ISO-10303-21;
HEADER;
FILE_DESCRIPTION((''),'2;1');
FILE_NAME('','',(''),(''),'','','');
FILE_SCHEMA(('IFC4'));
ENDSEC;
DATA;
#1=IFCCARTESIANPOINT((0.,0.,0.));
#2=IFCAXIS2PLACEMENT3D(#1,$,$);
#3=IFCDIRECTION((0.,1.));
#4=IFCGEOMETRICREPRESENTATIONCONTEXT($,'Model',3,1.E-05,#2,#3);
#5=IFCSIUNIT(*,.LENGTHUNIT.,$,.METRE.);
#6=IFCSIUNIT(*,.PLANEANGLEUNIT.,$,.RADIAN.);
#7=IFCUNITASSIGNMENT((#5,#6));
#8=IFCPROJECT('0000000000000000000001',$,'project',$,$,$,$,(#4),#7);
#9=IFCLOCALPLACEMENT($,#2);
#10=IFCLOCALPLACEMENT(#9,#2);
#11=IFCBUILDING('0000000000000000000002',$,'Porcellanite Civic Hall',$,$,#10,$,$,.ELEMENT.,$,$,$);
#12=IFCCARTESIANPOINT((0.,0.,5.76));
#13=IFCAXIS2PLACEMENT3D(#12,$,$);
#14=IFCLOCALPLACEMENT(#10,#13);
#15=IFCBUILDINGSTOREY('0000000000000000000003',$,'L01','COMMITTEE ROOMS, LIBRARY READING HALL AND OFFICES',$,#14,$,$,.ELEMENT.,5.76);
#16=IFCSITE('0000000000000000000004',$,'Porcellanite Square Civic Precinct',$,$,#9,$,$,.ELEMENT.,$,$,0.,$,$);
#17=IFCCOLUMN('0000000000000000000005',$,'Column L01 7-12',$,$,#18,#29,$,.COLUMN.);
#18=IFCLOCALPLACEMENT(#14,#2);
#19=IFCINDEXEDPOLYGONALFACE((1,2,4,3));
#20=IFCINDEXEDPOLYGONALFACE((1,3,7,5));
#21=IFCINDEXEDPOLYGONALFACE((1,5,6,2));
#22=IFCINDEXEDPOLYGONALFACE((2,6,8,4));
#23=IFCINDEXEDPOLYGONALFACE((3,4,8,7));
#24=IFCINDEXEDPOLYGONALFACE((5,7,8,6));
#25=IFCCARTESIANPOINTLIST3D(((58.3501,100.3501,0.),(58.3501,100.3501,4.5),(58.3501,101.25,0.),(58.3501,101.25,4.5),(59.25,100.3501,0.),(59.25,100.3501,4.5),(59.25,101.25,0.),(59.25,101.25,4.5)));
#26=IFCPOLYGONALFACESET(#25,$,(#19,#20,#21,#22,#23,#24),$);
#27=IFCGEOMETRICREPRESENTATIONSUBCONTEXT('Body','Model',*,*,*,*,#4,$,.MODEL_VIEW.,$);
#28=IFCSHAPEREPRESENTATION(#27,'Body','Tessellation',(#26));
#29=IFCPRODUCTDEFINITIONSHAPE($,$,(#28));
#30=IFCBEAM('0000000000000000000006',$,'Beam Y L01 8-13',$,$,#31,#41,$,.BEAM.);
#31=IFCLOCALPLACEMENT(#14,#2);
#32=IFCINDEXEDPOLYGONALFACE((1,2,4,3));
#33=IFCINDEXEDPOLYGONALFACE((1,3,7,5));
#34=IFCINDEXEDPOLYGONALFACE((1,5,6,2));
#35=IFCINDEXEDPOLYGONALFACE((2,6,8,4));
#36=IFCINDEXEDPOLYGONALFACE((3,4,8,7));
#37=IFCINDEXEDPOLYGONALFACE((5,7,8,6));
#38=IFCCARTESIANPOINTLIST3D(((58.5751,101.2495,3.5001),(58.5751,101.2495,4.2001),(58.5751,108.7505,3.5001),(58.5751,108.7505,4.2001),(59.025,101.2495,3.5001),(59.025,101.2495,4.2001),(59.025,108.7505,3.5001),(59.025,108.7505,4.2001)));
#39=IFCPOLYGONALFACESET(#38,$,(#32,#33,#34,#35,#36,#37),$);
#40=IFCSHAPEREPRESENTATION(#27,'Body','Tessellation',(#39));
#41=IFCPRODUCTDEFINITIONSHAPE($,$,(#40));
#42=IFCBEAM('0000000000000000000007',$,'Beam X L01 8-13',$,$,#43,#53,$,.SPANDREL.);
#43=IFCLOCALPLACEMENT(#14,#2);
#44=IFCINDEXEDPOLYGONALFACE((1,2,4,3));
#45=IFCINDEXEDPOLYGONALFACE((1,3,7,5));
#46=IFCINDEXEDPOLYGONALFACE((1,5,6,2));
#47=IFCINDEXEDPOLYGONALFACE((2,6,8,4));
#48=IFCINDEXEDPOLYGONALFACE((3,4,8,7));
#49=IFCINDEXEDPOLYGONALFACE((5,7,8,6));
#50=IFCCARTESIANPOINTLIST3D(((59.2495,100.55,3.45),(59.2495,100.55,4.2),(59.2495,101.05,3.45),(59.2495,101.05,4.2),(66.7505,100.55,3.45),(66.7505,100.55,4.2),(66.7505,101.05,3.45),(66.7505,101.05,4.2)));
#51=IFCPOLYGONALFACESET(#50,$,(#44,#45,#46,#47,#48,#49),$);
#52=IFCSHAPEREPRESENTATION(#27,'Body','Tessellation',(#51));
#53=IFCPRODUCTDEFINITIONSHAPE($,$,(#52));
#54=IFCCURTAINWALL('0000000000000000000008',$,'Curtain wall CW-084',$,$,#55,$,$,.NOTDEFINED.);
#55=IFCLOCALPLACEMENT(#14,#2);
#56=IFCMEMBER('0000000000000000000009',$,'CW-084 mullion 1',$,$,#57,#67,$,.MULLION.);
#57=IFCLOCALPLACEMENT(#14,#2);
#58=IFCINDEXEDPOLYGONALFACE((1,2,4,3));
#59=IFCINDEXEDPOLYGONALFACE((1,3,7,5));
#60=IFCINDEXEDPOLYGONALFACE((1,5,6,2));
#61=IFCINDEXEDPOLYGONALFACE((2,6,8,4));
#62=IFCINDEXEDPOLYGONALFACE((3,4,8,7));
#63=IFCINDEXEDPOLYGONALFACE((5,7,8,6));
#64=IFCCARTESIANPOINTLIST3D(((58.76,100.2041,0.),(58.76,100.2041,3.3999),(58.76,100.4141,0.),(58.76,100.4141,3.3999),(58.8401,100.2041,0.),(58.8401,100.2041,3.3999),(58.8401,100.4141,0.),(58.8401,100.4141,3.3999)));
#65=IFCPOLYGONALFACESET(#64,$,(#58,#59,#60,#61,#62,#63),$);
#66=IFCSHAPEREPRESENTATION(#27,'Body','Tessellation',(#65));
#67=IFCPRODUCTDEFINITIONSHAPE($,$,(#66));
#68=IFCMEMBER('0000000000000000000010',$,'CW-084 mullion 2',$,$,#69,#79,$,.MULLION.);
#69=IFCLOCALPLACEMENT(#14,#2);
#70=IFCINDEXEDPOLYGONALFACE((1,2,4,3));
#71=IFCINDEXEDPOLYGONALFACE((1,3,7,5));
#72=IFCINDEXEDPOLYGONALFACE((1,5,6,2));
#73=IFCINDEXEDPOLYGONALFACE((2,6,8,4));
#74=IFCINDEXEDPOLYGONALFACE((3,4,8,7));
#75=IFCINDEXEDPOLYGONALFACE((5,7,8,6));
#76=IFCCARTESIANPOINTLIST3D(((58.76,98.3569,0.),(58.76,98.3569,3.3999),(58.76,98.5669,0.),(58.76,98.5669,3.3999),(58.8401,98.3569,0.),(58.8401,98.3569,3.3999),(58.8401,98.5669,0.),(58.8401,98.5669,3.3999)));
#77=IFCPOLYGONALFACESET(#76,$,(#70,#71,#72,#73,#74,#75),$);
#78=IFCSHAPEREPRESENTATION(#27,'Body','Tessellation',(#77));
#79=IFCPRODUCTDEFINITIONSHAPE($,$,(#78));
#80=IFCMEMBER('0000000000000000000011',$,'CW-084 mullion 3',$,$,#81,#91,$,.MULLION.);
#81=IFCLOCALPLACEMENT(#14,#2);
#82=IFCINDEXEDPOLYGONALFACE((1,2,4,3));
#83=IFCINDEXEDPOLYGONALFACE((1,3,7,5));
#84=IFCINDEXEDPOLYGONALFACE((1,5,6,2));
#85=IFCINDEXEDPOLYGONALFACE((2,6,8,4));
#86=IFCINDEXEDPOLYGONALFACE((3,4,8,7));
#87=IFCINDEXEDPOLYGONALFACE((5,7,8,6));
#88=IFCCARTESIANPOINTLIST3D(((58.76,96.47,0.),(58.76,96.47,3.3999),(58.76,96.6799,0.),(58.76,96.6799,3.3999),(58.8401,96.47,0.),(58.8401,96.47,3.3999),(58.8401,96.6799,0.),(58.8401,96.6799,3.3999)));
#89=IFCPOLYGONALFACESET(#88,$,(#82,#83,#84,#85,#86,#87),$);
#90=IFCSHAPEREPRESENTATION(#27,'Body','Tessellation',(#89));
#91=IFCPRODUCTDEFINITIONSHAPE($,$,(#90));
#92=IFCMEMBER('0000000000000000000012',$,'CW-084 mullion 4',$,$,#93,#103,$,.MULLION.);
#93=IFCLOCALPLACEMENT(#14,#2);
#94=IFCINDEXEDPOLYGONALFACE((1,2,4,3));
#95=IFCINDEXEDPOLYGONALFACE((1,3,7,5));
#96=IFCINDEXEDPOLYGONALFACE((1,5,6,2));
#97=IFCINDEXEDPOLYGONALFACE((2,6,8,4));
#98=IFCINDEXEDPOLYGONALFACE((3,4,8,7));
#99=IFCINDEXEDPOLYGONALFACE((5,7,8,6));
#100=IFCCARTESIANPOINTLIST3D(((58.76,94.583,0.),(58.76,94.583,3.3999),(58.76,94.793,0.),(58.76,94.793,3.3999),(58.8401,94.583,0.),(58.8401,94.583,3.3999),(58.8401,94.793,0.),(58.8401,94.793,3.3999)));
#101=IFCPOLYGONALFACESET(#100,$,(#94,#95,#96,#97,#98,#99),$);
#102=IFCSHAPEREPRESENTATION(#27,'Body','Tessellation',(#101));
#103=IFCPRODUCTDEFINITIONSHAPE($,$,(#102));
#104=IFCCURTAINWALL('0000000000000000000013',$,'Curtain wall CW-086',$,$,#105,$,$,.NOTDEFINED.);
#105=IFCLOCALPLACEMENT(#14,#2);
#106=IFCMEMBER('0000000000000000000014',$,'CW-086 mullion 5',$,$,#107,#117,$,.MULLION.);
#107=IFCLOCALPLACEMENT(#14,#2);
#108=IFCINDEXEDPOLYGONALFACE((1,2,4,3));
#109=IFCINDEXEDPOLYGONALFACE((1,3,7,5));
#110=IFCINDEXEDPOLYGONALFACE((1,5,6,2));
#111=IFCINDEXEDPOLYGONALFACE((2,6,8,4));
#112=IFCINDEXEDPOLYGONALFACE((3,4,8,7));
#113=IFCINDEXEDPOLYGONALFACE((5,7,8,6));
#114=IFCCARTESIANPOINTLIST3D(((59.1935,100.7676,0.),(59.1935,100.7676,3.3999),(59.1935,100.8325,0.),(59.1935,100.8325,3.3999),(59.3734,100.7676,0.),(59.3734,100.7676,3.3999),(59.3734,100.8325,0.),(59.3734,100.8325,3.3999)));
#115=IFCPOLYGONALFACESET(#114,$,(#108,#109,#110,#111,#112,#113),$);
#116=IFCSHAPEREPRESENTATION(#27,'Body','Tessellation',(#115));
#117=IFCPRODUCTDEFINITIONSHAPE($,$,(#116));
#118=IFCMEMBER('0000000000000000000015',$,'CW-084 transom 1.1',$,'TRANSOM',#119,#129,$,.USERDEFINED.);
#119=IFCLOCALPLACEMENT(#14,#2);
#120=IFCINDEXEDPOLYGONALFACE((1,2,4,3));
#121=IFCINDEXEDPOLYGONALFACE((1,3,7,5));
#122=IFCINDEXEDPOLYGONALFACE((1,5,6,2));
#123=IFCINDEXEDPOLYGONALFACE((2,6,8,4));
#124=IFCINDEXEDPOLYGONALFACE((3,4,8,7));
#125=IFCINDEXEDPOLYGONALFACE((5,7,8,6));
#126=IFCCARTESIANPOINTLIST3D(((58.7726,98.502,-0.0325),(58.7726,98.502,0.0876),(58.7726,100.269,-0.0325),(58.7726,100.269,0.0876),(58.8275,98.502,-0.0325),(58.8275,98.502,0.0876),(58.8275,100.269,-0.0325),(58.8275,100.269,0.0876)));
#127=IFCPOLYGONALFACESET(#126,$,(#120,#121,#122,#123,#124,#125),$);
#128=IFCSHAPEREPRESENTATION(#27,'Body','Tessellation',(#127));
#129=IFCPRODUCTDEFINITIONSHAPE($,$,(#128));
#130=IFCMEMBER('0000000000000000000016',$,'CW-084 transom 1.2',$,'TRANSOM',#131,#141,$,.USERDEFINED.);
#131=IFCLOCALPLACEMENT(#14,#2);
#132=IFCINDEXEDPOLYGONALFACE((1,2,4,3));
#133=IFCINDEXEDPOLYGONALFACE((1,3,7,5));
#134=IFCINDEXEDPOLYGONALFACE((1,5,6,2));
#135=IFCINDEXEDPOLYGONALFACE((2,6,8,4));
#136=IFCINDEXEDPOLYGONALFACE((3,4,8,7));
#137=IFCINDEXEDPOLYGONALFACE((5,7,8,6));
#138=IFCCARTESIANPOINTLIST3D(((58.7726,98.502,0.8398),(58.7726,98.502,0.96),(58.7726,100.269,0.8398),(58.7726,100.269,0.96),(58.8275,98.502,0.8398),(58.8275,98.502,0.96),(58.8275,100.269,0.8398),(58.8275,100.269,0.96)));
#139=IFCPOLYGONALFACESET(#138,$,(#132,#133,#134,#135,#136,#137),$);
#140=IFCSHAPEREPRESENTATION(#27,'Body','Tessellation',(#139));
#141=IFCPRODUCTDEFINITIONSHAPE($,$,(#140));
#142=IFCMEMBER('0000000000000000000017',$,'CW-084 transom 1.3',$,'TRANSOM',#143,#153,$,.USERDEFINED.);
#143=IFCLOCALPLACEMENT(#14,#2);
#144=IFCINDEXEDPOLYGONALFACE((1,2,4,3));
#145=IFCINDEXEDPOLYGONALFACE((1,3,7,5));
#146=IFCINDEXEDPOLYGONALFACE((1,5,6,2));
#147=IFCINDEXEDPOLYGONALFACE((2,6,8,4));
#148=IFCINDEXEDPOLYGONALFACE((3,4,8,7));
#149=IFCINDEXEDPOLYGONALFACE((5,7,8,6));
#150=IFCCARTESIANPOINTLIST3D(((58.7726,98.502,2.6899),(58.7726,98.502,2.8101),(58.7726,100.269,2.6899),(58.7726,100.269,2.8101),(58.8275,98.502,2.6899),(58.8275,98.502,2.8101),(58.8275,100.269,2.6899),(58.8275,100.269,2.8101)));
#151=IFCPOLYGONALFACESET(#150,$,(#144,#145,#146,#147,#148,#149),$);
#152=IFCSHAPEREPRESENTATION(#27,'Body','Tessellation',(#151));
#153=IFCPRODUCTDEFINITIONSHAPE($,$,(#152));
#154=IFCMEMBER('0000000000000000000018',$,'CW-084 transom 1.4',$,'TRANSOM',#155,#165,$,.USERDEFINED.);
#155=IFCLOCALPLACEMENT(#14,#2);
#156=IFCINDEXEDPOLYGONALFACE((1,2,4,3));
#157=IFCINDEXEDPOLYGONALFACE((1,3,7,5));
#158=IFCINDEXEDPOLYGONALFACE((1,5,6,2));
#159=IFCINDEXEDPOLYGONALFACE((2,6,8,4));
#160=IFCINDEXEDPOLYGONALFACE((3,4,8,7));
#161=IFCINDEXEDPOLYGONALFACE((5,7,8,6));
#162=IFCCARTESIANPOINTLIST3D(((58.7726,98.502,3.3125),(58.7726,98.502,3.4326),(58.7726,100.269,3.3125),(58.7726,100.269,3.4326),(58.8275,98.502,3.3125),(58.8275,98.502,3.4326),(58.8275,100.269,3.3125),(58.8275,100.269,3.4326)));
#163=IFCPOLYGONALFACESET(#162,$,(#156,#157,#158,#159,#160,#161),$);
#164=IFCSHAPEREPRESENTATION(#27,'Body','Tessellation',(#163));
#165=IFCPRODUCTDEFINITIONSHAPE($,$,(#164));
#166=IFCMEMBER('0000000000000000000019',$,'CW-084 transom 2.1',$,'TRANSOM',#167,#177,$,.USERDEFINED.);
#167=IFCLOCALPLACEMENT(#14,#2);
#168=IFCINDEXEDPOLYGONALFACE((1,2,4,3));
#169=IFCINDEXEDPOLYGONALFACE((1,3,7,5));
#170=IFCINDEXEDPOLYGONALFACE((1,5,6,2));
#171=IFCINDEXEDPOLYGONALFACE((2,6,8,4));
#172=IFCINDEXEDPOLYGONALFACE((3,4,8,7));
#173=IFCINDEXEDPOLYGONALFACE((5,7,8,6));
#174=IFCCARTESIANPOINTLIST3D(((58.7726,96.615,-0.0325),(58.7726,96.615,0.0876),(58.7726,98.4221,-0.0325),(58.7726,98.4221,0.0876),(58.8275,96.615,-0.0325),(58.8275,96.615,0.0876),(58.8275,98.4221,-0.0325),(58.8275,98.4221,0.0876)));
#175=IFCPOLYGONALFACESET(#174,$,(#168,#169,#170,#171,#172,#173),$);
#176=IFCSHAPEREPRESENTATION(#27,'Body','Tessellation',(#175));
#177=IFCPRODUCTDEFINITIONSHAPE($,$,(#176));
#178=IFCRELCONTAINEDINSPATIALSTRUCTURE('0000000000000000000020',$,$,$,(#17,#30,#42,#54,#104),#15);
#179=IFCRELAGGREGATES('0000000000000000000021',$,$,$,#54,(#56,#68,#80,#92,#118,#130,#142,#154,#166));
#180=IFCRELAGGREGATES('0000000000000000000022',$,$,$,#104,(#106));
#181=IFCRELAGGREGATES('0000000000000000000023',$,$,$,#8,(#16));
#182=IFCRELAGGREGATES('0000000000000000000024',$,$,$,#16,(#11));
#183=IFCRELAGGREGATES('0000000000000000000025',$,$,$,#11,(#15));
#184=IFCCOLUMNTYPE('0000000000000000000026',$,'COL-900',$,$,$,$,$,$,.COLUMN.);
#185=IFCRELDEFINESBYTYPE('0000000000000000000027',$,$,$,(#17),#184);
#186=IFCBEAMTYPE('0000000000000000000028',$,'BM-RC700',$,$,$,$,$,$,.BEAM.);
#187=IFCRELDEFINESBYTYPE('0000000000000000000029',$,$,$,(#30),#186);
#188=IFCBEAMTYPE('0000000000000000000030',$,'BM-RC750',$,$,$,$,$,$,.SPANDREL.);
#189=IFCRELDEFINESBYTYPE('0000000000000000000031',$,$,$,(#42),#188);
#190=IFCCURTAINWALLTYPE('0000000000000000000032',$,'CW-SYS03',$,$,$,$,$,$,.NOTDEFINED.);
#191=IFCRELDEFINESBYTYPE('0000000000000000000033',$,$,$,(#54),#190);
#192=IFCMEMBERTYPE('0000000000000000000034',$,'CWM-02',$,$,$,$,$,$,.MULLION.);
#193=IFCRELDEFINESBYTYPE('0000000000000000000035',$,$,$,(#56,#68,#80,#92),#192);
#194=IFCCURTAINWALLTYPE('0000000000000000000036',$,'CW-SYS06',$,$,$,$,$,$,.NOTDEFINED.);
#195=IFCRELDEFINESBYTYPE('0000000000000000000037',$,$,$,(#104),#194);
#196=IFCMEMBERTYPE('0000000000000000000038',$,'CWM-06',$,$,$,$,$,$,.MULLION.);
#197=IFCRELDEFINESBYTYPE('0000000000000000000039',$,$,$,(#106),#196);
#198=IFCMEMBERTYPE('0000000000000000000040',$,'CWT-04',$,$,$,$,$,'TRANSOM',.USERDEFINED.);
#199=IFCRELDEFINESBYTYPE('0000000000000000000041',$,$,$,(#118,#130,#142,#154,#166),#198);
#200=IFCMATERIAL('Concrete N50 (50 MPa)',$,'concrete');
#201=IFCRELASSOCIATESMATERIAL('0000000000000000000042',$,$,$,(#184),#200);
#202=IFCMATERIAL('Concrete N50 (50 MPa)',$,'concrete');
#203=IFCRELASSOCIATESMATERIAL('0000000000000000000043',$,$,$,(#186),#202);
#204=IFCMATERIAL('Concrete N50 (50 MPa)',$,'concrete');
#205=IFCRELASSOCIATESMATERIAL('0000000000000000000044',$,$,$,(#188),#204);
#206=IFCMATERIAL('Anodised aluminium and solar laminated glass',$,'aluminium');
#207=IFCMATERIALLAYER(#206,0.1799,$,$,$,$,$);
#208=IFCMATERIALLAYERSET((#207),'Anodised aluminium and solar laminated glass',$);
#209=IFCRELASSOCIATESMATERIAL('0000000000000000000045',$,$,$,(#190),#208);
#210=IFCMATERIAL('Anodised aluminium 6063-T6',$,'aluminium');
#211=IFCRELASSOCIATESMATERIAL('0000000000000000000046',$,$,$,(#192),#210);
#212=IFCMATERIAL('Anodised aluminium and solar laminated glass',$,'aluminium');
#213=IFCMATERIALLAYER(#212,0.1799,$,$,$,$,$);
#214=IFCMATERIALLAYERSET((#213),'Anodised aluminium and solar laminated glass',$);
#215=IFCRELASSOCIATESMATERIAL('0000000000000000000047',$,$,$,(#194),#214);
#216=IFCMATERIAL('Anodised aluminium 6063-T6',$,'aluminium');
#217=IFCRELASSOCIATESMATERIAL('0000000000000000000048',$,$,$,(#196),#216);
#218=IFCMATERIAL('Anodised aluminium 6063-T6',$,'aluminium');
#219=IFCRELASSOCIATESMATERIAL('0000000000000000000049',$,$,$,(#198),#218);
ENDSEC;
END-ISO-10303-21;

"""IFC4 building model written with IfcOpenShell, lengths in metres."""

from ifc_helpers import new_model, si_unit, direction, frame, origin, origin_2d, place, context, subcontext, project, spatial, rectangle, extrude, material, layer, layer_set, material_profile, profile_set, type_object, element, aggregate, save


model = new_model("IFC4")

# Units and contexts
model_context = context("Model", 3, precision=1e-05, world=origin(), true_north=direction((0.0, 1.0)))
body_context = subcontext(model_context, "Body", "Model", "MODEL_VIEW")
ifc_project = project(units=[si_unit("LENGTHUNIT", "METRE"), si_unit("PLANEANGLEUNIT", "RADIAN")], contexts=[model_context])

# Site, building, storey
site_placement = place(None, origin())
site = spatial("IfcSite", under=ifc_project, at=site_placement, Name="Porcellanite Square Civic Precinct", CompositionType="ELEMENT", RefElevation=0.0)
building_placement = place(site_placement, origin())
building = spatial("IfcBuilding", under=site, at=building_placement, Name="Porcellanite Civic Hall", CompositionType="ELEMENT")
storey_placement = place(building_placement, frame((0.0, 0.0, 5.76)))
storey = spatial("IfcBuildingStorey", under=building, at=storey_placement, Name="L01", Description="COMMITTEE ROOMS, LIBRARY READING HALL AND OFFICES", CompositionType="ELEMENT", Elevation=5.76)

# Column
ifc_material_1 = material(Name="Concrete N50 (50 MPa)", Category="concrete")
ifc_material_profile_1 = material_profile(ifc_material_1, rectangle(XDim=0.8999, YDim=0.8999, at=origin_2d()), Name="RC-900x900")
ifc_profile_set_1 = profile_set([ifc_material_profile_1], Name="Concrete N50 (50 MPa)")
column_type = type_object("IfcColumnType", Name="COL-900", PredefinedType="COLUMN", material=ifc_profile_set_1)
column_placement = place(storey_placement, frame((58.8, 100.8, 0.0), z_axis=(0.0, 0.0, 1.0), x_axis=(1.0, 0.0, 0.0)))
element("IfcColumn", 1, at=column_placement, inside=storey, type_object=column_type, Name="Column L01 7-12", PredefinedType="COLUMN", context=body_context, shape_type="SweptSolid", body=[
    extrude(rectangle(XDim=0.8999, YDim=0.8999, at=origin_2d()), origin(), (0.0, 0.0, 1.0), 4.5),
])

# Beams
ifc_material_2 = material(Name="Concrete N50 (50 MPa)", Category="concrete")
ifc_material_profile_2 = material_profile(ifc_material_2, rectangle(XDim=0.45, YDim=0.7, at=origin_2d()), Name="RC-450x700")
ifc_profile_set_2 = profile_set([ifc_material_profile_2], Name="Concrete N50 (50 MPa)")
beam_type_1 = type_object("IfcBeamType", Name="BM-RC700", PredefinedType="BEAM", material=ifc_profile_set_2)
beam_1_placement = place(storey_placement, frame((58.8, 101.2495, 3.8501), z_axis=(0.0, 1.0, 0.0), x_axis=(-1.0, 0.0, 0.0)))
element("IfcBeam", 2, at=beam_1_placement, inside=storey, type_object=beam_type_1, Name="Beam Y L01 8-13", PredefinedType="BEAM", context=body_context, shape_type="SweptSolid", body=[
    extrude(rectangle(XDim=0.45, YDim=0.7, at=origin_2d()), origin(), (0.0, 0.0, 1.0), 7.501),
])
ifc_material_3 = material(Name="Concrete N50 (50 MPa)", Category="concrete")
ifc_material_profile_3 = material_profile(ifc_material_3, rectangle(XDim=0.5, YDim=0.75, at=origin_2d()), Name="RC-500x750")
ifc_profile_set_3 = profile_set([ifc_material_profile_3], Name="Concrete N50 (50 MPa)")
beam_type_2 = type_object("IfcBeamType", Name="BM-RC750", PredefinedType="SPANDREL", material=ifc_profile_set_3)
beam_2_placement = place(storey_placement, frame((59.2495, 100.8, 3.825), z_axis=(1.0, 0.0, 0.0), x_axis=(0.0, 1.0, 0.0)))
element("IfcBeam", 3, at=beam_2_placement, inside=storey, type_object=beam_type_2, Name="Beam X L01 8-13", PredefinedType="SPANDREL", context=body_context, shape_type="SweptSolid", body=[
    extrude(rectangle(XDim=0.5, YDim=0.75, at=origin_2d()), origin(), (0.0, 0.0, 1.0), 7.501),
])

# Curtain wall, members
ifc_material_4 = material(Name="Anodised aluminium and solar laminated glass", Category="aluminium")
ifc_layer_1 = layer(ifc_material_4, 0.1799)
ifc_layer_set_1 = layer_set([ifc_layer_1], Name="Anodised aluminium and solar laminated glass")
curtain_wall_type_1 = type_object("IfcCurtainWallType", Name="CW-SYS03", PredefinedType="NOTDEFINED", material=ifc_layer_set_1)
curtain_wall_1_placement = place(storey_placement, origin())
curtain_wall_1 = element("IfcCurtainWall", 4, at=curtain_wall_1_placement, inside=storey, type_object=curtain_wall_type_1, Name="Curtain wall CW-084", PredefinedType="NOTDEFINED")
ifc_material_5 = material(Name="Anodised aluminium 6063-T6", Category="aluminium")
ifc_material_profile_4 = material_profile(ifc_material_5, rectangle(XDim=0.0801, YDim=0.21, at=origin_2d()), Name="AL-80x210")
ifc_profile_set_4 = profile_set([ifc_material_profile_4], Name="Anodised aluminium 6063-T6")
member_type_1 = type_object("IfcMemberType", Name="CWM-02", PredefinedType="MULLION", material=ifc_profile_set_4)
member_1_placement = place(storey_placement, frame((58.8, 100.3091, 0.0), z_axis=(0.0, 0.0, 1.0), x_axis=(1.0, 0.0, 0.0)))
member_1 = element("IfcMember", 5, at=member_1_placement, type_object=member_type_1, Name="CW-084 mullion 1", PredefinedType="MULLION", context=body_context, shape_type="SweptSolid", body=[
    extrude(rectangle(XDim=0.0801, YDim=0.21, at=origin_2d()), origin(), (0.0, 0.0, 1.0), 3.3999),
])
member_2_placement = place(storey_placement, frame((58.8, 98.4619, 0.0), z_axis=(0.0, 0.0, 1.0), x_axis=(1.0, 0.0, 0.0)))
member_2 = element("IfcMember", 6, at=member_2_placement, type_object=member_type_1, Name="CW-084 mullion 2", PredefinedType="MULLION", context=body_context, shape_type="SweptSolid", body=[
    extrude(rectangle(XDim=0.0801, YDim=0.21, at=origin_2d()), origin(), (0.0, 0.0, 1.0), 3.3999),
])
member_3_placement = place(storey_placement, frame((58.8, 96.575, 0.0), z_axis=(0.0, 0.0, 1.0), x_axis=(1.0, 0.0, 0.0)))
member_3 = element("IfcMember", 7, at=member_3_placement, type_object=member_type_1, Name="CW-084 mullion 3", PredefinedType="MULLION", context=body_context, shape_type="SweptSolid", body=[
    extrude(rectangle(XDim=0.0801, YDim=0.21, at=origin_2d()), origin(), (0.0, 0.0, 1.0), 3.3999),
])
member_4_placement = place(storey_placement, frame((58.8, 94.688, 0.0), z_axis=(0.0, 0.0, 1.0), x_axis=(1.0, 0.0, 0.0)))
member_4 = element("IfcMember", 8, at=member_4_placement, type_object=member_type_1, Name="CW-084 mullion 4", PredefinedType="MULLION", context=body_context, shape_type="SweptSolid", body=[
    extrude(rectangle(XDim=0.0801, YDim=0.21, at=origin_2d()), origin(), (0.0, 0.0, 1.0), 3.3999),
])

# Curtain wall, member
ifc_material_6 = material(Name="Anodised aluminium and solar laminated glass", Category="aluminium")
ifc_layer_2 = layer(ifc_material_6, 0.1799)
ifc_layer_set_2 = layer_set([ifc_layer_2], Name="Anodised aluminium and solar laminated glass")
curtain_wall_type_2 = type_object("IfcCurtainWallType", Name="CW-SYS06", PredefinedType="NOTDEFINED", material=ifc_layer_set_2)
curtain_wall_2_placement = place(storey_placement, origin())
curtain_wall_2 = element("IfcCurtainWall", 9, at=curtain_wall_2_placement, inside=storey, type_object=curtain_wall_type_2, Name="Curtain wall CW-086", PredefinedType="NOTDEFINED")
ifc_material_7 = material(Name="Anodised aluminium 6063-T6", Category="aluminium")
ifc_material_profile_5 = material_profile(ifc_material_7, rectangle(XDim=0.0649, YDim=0.1799, at=origin_2d()), Name="AL-65x180")
ifc_profile_set_5 = profile_set([ifc_material_profile_5], Name="Anodised aluminium 6063-T6")
member_type_2 = type_object("IfcMemberType", Name="CWM-06", PredefinedType="MULLION", material=ifc_profile_set_5)
member_5_placement = place(storey_placement, frame((59.2834, 100.8, 0.0), z_axis=(0.0, 0.0, 1.0), x_axis=(0.0, -1.0, 0.0)))
member_5 = element("IfcMember", 10, at=member_5_placement, type_object=member_type_2, Name="CW-086 mullion 5", PredefinedType="MULLION", context=body_context, shape_type="SweptSolid", body=[
    extrude(rectangle(XDim=0.0649, YDim=0.1799, at=origin_2d()), origin(), (0.0, 0.0, 1.0), 3.3999),
])

# Members
ifc_material_8 = material(Name="Anodised aluminium 6063-T6", Category="aluminium")
ifc_material_profile_6 = material_profile(ifc_material_8, rectangle(XDim=0.0549, YDim=0.1201, at=origin_2d()), Name="AL-55x120")
ifc_profile_set_6 = profile_set([ifc_material_profile_6], Name="Anodised aluminium 6063-T6")
member_type_3 = type_object("IfcMemberType", Name="CWT-04", ElementType="TRANSOM", PredefinedType="USERDEFINED", material=ifc_profile_set_6)
member_6_placement = place(storey_placement, frame((58.8, 100.269, 0.0276), z_axis=(0.0, -1.0, 0.0), x_axis=(1.0, 0.0, 0.0)))
member_6 = element("IfcMember", 11, at=member_6_placement, type_object=member_type_3, Name="CW-084 transom 1.1", ObjectType="TRANSOM", PredefinedType="USERDEFINED", context=body_context, shape_type="SweptSolid", body=[
    extrude(rectangle(XDim=0.0549, YDim=0.1201, at=origin_2d()), origin(), (0.0, 0.0, 1.0), 1.7671),
])
member_7_placement = place(storey_placement, frame((58.8, 100.269, 0.8999), z_axis=(0.0, -1.0, 0.0), x_axis=(1.0, 0.0, 0.0)))
member_7 = element("IfcMember", 12, at=member_7_placement, type_object=member_type_3, Name="CW-084 transom 1.2", ObjectType="TRANSOM", PredefinedType="USERDEFINED", context=body_context, shape_type="SweptSolid", body=[
    extrude(rectangle(XDim=0.0549, YDim=0.1201, at=origin_2d()), origin(), (0.0, 0.0, 1.0), 1.7671),
])
member_8_placement = place(storey_placement, frame((58.8, 100.269, 2.75), z_axis=(0.0, -1.0, 0.0), x_axis=(1.0, 0.0, 0.0)))
member_8 = element("IfcMember", 13, at=member_8_placement, type_object=member_type_3, Name="CW-084 transom 1.3", ObjectType="TRANSOM", PredefinedType="USERDEFINED", context=body_context, shape_type="SweptSolid", body=[
    extrude(rectangle(XDim=0.0549, YDim=0.1201, at=origin_2d()), origin(), (0.0, 0.0, 1.0), 1.7671),
])
member_9_placement = place(storey_placement, frame((58.8, 100.269, 3.3726), z_axis=(0.0, -1.0, 0.0), x_axis=(1.0, 0.0, 0.0)))
member_9 = element("IfcMember", 14, at=member_9_placement, type_object=member_type_3, Name="CW-084 transom 1.4", ObjectType="TRANSOM", PredefinedType="USERDEFINED", context=body_context, shape_type="SweptSolid", body=[
    extrude(rectangle(XDim=0.0549, YDim=0.1201, at=origin_2d()), origin(), (0.0, 0.0, 1.0), 1.7671),
])
member_10_placement = place(storey_placement, frame((58.8, 98.4221, 0.0276), z_axis=(0.0, -1.0, 0.0), x_axis=(1.0, 0.0, 0.0)))
member_10 = element("IfcMember", 15, at=member_10_placement, type_object=member_type_3, Name="CW-084 transom 2.1", ObjectType="TRANSOM", PredefinedType="USERDEFINED", context=body_context, shape_type="SweptSolid", body=[
    extrude(rectangle(XDim=0.0549, YDim=0.1201, at=origin_2d()), origin(), (0.0, 0.0, 1.0), 1.8071),
])

aggregate(curtain_wall_1, [member_1, member_2, member_3, member_4, member_6, member_7, member_8, member_9, member_10])
aggregate(curtain_wall_2, [member_5])

save(model, "model.ifc")
